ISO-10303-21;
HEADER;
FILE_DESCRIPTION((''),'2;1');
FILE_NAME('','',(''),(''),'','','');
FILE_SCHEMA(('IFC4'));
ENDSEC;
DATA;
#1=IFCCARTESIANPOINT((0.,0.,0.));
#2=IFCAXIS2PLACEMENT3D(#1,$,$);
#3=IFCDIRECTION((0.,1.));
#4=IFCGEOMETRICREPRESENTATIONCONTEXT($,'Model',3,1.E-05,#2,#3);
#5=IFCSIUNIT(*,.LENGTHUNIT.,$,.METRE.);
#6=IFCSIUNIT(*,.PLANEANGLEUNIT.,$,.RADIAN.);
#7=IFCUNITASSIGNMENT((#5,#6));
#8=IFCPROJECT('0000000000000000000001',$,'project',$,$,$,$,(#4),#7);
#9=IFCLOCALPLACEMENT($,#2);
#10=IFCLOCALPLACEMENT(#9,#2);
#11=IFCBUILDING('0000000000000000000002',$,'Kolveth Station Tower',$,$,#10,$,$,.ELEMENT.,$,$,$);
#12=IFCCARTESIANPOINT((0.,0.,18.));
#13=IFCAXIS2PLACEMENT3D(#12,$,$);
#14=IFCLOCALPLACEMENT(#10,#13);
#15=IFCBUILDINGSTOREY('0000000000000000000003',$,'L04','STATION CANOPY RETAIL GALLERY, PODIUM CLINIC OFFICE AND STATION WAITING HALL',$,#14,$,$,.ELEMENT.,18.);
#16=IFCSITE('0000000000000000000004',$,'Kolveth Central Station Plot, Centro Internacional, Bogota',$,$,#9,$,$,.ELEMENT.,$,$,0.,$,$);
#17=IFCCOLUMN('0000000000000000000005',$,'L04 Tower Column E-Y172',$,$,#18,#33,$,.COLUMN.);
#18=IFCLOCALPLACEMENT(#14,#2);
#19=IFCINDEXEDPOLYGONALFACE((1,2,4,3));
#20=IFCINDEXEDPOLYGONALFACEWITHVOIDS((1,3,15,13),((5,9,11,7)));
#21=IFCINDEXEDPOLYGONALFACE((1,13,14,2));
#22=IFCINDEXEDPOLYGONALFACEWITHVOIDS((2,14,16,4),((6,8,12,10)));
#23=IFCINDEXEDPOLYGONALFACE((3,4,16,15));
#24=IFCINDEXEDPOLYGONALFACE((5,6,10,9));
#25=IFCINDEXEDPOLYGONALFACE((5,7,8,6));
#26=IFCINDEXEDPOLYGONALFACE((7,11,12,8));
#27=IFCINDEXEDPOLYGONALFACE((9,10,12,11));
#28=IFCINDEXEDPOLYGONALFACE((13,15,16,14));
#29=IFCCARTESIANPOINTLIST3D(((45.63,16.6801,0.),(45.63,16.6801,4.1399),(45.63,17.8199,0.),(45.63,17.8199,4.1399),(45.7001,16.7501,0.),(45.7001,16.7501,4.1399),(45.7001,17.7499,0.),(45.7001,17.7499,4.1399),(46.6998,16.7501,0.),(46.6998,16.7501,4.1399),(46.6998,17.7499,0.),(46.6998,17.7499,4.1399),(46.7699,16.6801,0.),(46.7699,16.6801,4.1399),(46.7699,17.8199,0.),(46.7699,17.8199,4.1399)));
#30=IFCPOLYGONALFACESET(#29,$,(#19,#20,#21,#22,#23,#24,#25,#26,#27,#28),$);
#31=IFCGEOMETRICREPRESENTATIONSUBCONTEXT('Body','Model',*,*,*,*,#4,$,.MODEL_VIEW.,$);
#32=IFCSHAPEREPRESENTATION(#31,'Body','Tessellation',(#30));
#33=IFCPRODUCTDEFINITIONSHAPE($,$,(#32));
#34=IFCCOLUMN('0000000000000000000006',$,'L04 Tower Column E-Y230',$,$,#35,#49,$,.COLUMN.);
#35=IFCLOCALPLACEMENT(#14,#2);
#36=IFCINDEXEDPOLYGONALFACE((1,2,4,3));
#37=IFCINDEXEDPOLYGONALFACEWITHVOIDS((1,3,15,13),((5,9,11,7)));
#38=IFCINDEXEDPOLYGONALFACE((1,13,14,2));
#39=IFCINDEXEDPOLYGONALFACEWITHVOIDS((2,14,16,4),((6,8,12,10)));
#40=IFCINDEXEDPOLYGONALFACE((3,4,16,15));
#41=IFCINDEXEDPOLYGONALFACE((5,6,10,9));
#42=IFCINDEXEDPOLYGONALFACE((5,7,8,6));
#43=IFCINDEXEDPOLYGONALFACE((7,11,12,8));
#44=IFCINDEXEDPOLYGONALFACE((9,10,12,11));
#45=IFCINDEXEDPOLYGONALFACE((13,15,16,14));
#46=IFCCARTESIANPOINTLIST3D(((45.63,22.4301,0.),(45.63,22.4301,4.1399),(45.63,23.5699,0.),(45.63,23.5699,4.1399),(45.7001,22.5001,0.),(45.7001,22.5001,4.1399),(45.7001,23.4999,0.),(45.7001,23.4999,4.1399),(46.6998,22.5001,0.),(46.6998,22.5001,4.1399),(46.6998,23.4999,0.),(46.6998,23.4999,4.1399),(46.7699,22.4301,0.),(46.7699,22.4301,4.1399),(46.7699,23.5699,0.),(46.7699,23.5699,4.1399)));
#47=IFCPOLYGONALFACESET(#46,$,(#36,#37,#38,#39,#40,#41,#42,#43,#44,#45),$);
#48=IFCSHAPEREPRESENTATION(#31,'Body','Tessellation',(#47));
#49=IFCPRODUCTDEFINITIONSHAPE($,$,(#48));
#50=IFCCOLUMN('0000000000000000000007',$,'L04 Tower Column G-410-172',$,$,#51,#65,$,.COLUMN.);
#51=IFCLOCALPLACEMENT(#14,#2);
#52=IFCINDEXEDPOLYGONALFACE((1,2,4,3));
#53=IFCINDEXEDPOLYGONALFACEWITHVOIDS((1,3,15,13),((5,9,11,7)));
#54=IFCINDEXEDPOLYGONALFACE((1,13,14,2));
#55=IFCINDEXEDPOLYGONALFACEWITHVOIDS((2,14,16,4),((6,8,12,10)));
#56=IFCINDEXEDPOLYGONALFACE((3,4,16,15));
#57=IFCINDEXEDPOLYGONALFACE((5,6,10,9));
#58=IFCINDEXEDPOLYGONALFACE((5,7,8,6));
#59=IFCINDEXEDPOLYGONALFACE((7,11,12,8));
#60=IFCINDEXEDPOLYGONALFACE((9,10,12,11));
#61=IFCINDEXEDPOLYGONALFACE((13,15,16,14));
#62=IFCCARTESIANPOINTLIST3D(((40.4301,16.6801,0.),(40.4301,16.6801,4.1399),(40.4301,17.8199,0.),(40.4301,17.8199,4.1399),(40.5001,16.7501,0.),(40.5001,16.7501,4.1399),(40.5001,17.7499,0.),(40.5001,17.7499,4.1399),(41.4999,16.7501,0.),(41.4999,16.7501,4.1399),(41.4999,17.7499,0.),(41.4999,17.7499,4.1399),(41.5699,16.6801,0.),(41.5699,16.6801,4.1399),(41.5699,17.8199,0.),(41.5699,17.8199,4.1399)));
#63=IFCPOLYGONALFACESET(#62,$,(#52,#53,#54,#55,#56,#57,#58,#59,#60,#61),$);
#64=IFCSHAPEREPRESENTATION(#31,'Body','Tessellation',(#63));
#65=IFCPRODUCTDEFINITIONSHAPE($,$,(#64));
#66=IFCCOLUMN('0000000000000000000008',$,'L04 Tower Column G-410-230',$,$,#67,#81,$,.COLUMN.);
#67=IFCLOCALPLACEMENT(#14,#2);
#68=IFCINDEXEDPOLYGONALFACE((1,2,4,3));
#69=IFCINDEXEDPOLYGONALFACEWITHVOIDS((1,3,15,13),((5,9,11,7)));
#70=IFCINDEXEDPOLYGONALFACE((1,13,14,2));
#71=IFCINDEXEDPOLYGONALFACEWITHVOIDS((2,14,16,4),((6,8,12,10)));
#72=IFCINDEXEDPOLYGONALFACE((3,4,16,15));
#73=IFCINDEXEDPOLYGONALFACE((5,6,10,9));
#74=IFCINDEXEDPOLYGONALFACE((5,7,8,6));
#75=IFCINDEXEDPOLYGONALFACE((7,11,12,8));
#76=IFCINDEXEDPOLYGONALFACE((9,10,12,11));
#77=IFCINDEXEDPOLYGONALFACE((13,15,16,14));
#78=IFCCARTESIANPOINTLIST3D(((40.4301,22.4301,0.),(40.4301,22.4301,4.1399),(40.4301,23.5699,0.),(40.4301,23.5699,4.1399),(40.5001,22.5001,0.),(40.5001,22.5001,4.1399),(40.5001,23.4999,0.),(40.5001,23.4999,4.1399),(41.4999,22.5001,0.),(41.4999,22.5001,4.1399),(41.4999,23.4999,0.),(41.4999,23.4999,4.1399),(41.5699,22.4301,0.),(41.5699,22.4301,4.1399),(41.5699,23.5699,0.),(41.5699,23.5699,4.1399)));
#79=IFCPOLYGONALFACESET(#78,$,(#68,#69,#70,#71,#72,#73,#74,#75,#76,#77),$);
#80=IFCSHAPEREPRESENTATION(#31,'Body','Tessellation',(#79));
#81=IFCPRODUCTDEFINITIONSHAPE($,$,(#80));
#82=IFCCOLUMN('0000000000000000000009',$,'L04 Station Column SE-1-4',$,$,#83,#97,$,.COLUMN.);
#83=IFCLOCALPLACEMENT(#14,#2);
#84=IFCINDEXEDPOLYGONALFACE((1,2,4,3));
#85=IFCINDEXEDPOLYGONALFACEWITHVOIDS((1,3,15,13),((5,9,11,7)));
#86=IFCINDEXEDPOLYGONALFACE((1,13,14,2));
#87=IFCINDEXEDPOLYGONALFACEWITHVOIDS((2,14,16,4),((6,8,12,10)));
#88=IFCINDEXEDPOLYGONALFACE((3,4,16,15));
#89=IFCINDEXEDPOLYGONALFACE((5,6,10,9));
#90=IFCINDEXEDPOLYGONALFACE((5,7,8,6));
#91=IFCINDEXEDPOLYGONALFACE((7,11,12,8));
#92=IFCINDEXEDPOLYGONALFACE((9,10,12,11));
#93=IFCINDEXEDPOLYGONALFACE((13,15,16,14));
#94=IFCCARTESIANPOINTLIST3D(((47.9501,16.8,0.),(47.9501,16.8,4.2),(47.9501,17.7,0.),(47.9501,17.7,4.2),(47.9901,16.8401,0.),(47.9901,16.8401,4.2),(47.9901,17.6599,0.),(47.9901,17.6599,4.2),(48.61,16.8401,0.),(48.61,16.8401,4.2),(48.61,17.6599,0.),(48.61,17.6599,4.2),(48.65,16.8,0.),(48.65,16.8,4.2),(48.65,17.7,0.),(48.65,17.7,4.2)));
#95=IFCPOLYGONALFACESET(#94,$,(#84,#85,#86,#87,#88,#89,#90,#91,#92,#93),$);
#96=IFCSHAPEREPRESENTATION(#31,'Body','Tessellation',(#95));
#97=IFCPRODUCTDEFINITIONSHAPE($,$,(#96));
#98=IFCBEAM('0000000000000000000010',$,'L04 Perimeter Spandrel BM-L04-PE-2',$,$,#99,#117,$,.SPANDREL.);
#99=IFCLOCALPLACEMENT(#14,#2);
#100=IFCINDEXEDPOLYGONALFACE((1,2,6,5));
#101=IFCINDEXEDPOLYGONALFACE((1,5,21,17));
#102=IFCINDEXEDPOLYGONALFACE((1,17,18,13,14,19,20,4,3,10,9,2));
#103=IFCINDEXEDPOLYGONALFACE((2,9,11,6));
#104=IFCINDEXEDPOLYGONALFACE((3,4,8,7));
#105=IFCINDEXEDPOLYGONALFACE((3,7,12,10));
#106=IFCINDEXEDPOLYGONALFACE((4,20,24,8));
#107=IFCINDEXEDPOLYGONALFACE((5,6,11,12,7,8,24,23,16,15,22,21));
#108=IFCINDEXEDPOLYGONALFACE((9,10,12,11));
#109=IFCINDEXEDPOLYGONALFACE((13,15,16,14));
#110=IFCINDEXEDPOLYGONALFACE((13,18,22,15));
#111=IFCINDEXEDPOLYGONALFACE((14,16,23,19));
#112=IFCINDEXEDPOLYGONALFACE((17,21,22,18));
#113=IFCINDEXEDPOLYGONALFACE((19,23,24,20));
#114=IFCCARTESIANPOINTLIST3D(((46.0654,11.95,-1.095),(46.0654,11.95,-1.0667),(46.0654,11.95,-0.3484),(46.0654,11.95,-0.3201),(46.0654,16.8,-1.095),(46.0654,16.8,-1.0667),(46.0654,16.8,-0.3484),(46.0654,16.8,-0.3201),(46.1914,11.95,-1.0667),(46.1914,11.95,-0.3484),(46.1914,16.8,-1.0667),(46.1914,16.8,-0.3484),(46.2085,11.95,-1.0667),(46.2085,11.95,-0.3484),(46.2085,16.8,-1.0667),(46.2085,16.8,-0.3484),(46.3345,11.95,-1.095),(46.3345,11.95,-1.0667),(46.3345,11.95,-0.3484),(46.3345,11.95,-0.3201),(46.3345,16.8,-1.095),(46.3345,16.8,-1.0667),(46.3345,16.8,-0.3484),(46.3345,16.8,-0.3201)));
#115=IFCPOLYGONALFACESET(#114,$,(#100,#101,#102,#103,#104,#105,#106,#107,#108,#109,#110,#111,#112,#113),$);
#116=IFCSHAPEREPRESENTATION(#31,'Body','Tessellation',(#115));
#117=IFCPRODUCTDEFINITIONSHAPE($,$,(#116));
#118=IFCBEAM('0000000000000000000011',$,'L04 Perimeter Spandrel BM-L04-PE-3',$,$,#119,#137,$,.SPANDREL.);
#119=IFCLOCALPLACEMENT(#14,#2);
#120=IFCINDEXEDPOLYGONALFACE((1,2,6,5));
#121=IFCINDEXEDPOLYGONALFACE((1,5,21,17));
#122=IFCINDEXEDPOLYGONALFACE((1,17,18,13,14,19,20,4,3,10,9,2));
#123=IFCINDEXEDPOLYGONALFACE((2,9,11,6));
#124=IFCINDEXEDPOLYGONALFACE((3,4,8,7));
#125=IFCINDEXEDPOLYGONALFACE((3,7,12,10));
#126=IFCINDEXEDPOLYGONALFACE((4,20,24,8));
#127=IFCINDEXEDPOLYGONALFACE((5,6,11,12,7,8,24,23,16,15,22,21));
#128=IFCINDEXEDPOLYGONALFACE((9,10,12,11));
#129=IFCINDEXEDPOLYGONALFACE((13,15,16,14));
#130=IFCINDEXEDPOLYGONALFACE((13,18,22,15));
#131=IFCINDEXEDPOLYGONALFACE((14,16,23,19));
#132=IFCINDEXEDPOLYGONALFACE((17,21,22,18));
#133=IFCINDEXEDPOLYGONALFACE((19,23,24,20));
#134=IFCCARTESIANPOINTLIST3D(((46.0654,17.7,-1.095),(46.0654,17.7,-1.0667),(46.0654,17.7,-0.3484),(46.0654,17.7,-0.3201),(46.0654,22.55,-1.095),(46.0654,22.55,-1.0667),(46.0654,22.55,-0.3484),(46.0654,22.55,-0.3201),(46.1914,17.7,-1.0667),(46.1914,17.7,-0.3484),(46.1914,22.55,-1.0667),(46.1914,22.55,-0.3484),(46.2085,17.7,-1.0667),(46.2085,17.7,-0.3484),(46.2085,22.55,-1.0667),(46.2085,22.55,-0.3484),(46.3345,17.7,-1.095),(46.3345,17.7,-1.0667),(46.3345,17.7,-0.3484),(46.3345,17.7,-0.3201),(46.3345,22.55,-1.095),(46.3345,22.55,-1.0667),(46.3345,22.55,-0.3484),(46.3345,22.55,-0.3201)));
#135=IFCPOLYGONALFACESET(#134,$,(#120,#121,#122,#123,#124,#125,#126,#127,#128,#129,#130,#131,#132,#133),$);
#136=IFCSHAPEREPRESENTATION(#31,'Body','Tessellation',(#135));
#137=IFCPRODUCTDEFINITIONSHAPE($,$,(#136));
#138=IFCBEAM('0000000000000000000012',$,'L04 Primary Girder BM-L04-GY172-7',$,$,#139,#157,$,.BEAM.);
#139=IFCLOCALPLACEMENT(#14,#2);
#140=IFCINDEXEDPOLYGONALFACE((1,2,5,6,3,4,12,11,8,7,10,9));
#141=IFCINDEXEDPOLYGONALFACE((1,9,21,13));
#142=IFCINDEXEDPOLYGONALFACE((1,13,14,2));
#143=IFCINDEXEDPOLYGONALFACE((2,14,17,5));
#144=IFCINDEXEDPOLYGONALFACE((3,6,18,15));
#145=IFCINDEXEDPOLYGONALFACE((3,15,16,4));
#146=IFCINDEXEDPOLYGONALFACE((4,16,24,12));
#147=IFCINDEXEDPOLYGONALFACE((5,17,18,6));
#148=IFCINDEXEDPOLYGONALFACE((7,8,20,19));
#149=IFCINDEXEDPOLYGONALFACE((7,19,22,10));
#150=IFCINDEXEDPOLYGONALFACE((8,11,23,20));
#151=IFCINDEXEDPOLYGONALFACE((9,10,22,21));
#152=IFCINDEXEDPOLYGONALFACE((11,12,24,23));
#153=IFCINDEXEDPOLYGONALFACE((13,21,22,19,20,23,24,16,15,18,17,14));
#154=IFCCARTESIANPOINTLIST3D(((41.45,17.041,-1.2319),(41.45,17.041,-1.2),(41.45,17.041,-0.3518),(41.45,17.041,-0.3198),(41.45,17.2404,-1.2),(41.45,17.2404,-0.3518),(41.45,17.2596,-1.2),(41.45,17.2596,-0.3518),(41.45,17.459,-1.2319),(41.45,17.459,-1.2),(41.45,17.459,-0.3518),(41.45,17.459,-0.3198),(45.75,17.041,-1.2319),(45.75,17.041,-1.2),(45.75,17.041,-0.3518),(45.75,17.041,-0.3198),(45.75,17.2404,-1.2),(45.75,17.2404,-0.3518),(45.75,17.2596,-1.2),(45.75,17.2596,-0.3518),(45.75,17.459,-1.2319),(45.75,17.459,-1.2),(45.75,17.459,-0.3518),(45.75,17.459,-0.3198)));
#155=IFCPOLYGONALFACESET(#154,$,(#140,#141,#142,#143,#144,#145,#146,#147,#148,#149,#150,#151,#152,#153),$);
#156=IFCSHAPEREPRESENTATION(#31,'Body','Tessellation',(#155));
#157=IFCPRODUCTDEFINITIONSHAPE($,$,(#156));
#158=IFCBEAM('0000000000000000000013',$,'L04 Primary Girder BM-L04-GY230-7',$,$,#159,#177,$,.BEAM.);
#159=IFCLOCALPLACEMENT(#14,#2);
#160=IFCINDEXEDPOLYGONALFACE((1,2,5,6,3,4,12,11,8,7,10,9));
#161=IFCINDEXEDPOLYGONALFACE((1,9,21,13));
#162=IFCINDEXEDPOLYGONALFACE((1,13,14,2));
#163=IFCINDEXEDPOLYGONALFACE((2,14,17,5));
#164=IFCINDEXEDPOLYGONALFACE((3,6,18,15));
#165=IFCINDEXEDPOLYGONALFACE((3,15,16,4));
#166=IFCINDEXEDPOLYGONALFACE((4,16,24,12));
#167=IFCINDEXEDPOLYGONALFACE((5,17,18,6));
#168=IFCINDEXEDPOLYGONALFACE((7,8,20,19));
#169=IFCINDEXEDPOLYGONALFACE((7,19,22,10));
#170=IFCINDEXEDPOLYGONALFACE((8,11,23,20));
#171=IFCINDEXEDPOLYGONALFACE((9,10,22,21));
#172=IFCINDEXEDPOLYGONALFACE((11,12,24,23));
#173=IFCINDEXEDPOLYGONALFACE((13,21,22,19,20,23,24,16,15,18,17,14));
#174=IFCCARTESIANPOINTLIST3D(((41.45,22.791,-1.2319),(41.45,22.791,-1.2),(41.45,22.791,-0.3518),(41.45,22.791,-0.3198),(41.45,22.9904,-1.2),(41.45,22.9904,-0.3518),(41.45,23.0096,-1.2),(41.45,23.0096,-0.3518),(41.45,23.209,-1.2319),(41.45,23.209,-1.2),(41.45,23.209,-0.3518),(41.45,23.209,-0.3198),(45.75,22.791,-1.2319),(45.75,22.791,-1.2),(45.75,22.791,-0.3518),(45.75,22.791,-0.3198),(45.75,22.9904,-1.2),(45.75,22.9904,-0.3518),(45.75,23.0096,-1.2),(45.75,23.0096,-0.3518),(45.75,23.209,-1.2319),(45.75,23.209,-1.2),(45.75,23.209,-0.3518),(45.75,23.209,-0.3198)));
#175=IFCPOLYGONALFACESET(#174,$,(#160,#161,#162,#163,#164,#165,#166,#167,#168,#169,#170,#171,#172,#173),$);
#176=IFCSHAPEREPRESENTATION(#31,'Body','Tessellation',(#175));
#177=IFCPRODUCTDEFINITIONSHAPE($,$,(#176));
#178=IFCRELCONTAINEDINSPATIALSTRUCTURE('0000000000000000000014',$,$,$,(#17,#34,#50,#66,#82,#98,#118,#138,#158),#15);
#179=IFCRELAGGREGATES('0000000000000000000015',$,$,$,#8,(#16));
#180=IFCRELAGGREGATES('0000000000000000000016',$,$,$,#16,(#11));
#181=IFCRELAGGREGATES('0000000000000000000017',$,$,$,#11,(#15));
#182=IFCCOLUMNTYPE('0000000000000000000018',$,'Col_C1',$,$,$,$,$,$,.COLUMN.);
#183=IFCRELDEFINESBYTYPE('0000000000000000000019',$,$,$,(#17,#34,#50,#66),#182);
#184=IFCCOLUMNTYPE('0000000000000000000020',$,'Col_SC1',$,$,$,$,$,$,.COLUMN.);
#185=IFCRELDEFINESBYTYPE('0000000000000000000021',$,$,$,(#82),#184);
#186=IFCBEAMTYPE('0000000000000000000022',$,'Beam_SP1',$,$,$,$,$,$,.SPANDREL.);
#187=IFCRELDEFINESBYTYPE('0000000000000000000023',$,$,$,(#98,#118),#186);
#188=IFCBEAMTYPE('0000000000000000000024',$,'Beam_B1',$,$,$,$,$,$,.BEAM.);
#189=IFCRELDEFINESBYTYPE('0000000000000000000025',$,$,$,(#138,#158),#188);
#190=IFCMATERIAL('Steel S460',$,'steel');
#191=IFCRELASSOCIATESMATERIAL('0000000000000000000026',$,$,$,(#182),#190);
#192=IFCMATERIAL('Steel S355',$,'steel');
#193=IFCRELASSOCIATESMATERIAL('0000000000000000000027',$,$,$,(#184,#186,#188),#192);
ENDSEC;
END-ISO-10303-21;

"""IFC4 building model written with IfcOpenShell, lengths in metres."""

from ifc_helpers import new_model, si_unit, direction, frame, origin, origin_2d, place, context, subcontext, project, spatial, hollow_rectangle, i_section, extrude, source, transform, mapped, material, material_profile, profile_set, type_object, element, save


model = new_model("IFC4")

# Units and contexts
model_context = context("Model", 3, precision=1e-05, world=origin(), true_north=direction((0.0, 1.0)))
body_context = subcontext(model_context, "Body", "Model", "MODEL_VIEW")
ifc_project = project(units=[si_unit("LENGTHUNIT", "METRE"), si_unit("PLANEANGLEUNIT", "RADIAN")], contexts=[model_context])

# Site, building, storey
site_placement = place(None, origin())
site = spatial("IfcSite", under=ifc_project, at=site_placement, Name="Kolveth Central Station Plot, Centro Internacional, Bogota", CompositionType="ELEMENT", RefElevation=0.0)
building_placement = place(site_placement, origin())
building = spatial("IfcBuilding", under=site, at=building_placement, Name="Kolveth Station Tower", CompositionType="ELEMENT")
storey_placement = place(building_placement, frame((0.0, 0.0, 18.0)))
storey = spatial("IfcBuildingStorey", under=building, at=storey_placement, Name="L04", Description="STATION CANOPY RETAIL GALLERY, PODIUM CLINIC OFFICE AND STATION WAITING HALL", CompositionType="ELEMENT", Elevation=18.0)

# Columns
ifc_material_1 = material(Name="Steel S460", Category="steel")
ifc_material_profile_1 = material_profile(ifc_material_1, hollow_rectangle(XDim=1.1399, YDim=1.1399, WallThickness=0.0701, at=origin_2d()), Name="BOX1140x1140x70")
ifc_profile_set_1 = profile_set([ifc_material_profile_1], Name="Steel S460")
column_type_1 = type_object("IfcColumnType", Name="Col_C1", PredefinedType="COLUMN", material=ifc_profile_set_1)
shared_shape_1 = source(origin(), body_context, "Body", "SweptSolid", [
    extrude(hollow_rectangle(XDim=1.1399, YDim=1.1399, WallThickness=0.0701, at=origin_2d()), origin(), (0.0, 0.0, 1.0), 4.1399),
])
for number, where, z_axis, x_axis, name in (
    (1, (46.2, 17.25, 0.0), (0.0, 0.0, 1.0), (1.0, 0.0, 0.0), "L04 Tower Column E-Y172"),
    (2, (46.2, 23.0, 0.0), (0.0, 0.0, 1.0), (1.0, 0.0, 0.0), "L04 Tower Column E-Y230"),
    (3, (41.0, 17.25, 0.0), (0.0, 0.0, 1.0), (1.0, 0.0, 0.0), "L04 Tower Column G-410-172"),
    (4, (41.0, 23.0, 0.0), (0.0, 0.0, 1.0), (1.0, 0.0, 0.0), "L04 Tower Column G-410-230"),
):
    element("IfcColumn", number, at=place(storey_placement, frame(where, z_axis=z_axis, x_axis=x_axis)), inside=storey, type_object=column_type_1, Name=name, PredefinedType="COLUMN", context=body_context, shape_type="MappedRepresentation", body=[
        mapped(shared_shape_1, transform((0.0, 0.0, 0.0), x_axis=(1.0, 0.0, 0.0), y_axis=(0.0, 1.0, 0.0), z_axis=(0.0, 0.0, 1.0), scale=1.0)),
    ])
ifc_material_2 = material(Name="Steel S355", Category="steel")
ifc_material_profile_2 = material_profile(ifc_material_2, hollow_rectangle(XDim=0.7, YDim=0.8999, WallThickness=0.04, at=origin_2d()), Name="BOX900x700x40")
ifc_profile_set_2 = profile_set([ifc_material_profile_2], Name="Steel S355")
column_type_2 = type_object("IfcColumnType", Name="Col_SC1", PredefinedType="COLUMN", material=ifc_profile_set_2)
shared_shape_2 = source(origin(), body_context, "Body", "SweptSolid", [
    extrude(hollow_rectangle(XDim=0.7, YDim=0.8999, WallThickness=0.04, at=origin_2d()), origin(), (0.0, 0.0, 1.0), 4.2),
])
column_placement = place(storey_placement, frame((48.3, 17.25, 0.0), z_axis=(0.0, 0.0, 1.0), x_axis=(1.0, 0.0, 0.0)))
element("IfcColumn", 5, at=column_placement, inside=storey, type_object=column_type_2, Name="L04 Station Column SE-1-4", PredefinedType="COLUMN", context=body_context, shape_type="MappedRepresentation", body=[
    mapped(shared_shape_2, transform((0.0, 0.0, 0.0), x_axis=(1.0, 0.0, 0.0), y_axis=(0.0, 1.0, 0.0), z_axis=(0.0, 0.0, 1.0), scale=1.0)),
])

# Beams
ifc_material_profile_3 = material_profile(ifc_material_2, i_section(OverallWidth=0.269, OverallDepth=0.7749, WebThickness=0.0171, FlangeThickness=0.0283, at=origin_2d()), Name="W760x220")
ifc_profile_set_3 = profile_set([ifc_material_profile_3], Name="Steel S355")
beam_type_1 = type_object("IfcBeamType", Name="Beam_SP1", PredefinedType="SPANDREL", material=ifc_profile_set_3)
shared_shape_3 = source(origin(), body_context, "Body", "SweptSolid", [
    extrude(i_section(OverallWidth=0.269, OverallDepth=0.7749, WebThickness=0.0171, FlangeThickness=0.0283, at=origin_2d()), origin(), (0.0, 0.0, 1.0), 4.8501),
])
for number, where, z_axis, x_axis, name in (
    (6, (46.2, 11.95, -0.7075), (0.0, 1.0, 0.0), (-1.0, 0.0, 0.0), "L04 Perimeter Spandrel BM-L04-PE-2"),
    (7, (46.2, 17.7, -0.7075), (0.0, 1.0, 0.0), (-1.0, 0.0, 0.0), "L04 Perimeter Spandrel BM-L04-PE-3"),
):
    element("IfcBeam", number, at=place(storey_placement, frame(where, z_axis=z_axis, x_axis=x_axis)), inside=storey, type_object=beam_type_1, Name=name, PredefinedType="SPANDREL", context=body_context, shape_type="MappedRepresentation", body=[
        mapped(shared_shape_3, transform((0.0, 0.0, 0.0), x_axis=(1.0, 0.0, 0.0), y_axis=(0.0, 1.0, 0.0), z_axis=(0.0, 0.0, 1.0), scale=1.0)),
    ])
ifc_material_profile_4 = material_profile(ifc_material_2, i_section(OverallWidth=0.418, OverallDepth=0.9121, WebThickness=0.0193, FlangeThickness=0.032, at=origin_2d()), Name="W920x342")
ifc_profile_set_4 = profile_set([ifc_material_profile_4], Name="Steel S355")
beam_type_2 = type_object("IfcBeamType", Name="Beam_B1", PredefinedType="BEAM", material=ifc_profile_set_4)
shared_shape_4 = source(origin(), body_context, "Body", "SweptSolid", [
    extrude(i_section(OverallWidth=0.418, OverallDepth=0.9121, WebThickness=0.0193, FlangeThickness=0.032, at=origin_2d()), origin(), (0.0, 0.0, 1.0), 4.3),
])
for number, where, z_axis, x_axis, name in (
    (8, (41.45, 17.25, -0.7759), (1.0, 0.0, 0.0), (0.0, 1.0, 0.0), "L04 Primary Girder BM-L04-GY172-7"),
    (9, (41.45, 23.0, -0.7759), (1.0, 0.0, 0.0), (0.0, 1.0, 0.0), "L04 Primary Girder BM-L04-GY230-7"),
):
    element("IfcBeam", number, at=place(storey_placement, frame(where, z_axis=z_axis, x_axis=x_axis)), inside=storey, type_object=beam_type_2, Name=name, PredefinedType="BEAM", context=body_context, shape_type="MappedRepresentation", body=[
        mapped(shared_shape_4, transform((0.0, 0.0, 0.0), x_axis=(1.0, 0.0, 0.0), y_axis=(0.0, 1.0, 0.0), z_axis=(0.0, 0.0, 1.0), scale=1.0)),
    ])

save(model, "model.ifc")
